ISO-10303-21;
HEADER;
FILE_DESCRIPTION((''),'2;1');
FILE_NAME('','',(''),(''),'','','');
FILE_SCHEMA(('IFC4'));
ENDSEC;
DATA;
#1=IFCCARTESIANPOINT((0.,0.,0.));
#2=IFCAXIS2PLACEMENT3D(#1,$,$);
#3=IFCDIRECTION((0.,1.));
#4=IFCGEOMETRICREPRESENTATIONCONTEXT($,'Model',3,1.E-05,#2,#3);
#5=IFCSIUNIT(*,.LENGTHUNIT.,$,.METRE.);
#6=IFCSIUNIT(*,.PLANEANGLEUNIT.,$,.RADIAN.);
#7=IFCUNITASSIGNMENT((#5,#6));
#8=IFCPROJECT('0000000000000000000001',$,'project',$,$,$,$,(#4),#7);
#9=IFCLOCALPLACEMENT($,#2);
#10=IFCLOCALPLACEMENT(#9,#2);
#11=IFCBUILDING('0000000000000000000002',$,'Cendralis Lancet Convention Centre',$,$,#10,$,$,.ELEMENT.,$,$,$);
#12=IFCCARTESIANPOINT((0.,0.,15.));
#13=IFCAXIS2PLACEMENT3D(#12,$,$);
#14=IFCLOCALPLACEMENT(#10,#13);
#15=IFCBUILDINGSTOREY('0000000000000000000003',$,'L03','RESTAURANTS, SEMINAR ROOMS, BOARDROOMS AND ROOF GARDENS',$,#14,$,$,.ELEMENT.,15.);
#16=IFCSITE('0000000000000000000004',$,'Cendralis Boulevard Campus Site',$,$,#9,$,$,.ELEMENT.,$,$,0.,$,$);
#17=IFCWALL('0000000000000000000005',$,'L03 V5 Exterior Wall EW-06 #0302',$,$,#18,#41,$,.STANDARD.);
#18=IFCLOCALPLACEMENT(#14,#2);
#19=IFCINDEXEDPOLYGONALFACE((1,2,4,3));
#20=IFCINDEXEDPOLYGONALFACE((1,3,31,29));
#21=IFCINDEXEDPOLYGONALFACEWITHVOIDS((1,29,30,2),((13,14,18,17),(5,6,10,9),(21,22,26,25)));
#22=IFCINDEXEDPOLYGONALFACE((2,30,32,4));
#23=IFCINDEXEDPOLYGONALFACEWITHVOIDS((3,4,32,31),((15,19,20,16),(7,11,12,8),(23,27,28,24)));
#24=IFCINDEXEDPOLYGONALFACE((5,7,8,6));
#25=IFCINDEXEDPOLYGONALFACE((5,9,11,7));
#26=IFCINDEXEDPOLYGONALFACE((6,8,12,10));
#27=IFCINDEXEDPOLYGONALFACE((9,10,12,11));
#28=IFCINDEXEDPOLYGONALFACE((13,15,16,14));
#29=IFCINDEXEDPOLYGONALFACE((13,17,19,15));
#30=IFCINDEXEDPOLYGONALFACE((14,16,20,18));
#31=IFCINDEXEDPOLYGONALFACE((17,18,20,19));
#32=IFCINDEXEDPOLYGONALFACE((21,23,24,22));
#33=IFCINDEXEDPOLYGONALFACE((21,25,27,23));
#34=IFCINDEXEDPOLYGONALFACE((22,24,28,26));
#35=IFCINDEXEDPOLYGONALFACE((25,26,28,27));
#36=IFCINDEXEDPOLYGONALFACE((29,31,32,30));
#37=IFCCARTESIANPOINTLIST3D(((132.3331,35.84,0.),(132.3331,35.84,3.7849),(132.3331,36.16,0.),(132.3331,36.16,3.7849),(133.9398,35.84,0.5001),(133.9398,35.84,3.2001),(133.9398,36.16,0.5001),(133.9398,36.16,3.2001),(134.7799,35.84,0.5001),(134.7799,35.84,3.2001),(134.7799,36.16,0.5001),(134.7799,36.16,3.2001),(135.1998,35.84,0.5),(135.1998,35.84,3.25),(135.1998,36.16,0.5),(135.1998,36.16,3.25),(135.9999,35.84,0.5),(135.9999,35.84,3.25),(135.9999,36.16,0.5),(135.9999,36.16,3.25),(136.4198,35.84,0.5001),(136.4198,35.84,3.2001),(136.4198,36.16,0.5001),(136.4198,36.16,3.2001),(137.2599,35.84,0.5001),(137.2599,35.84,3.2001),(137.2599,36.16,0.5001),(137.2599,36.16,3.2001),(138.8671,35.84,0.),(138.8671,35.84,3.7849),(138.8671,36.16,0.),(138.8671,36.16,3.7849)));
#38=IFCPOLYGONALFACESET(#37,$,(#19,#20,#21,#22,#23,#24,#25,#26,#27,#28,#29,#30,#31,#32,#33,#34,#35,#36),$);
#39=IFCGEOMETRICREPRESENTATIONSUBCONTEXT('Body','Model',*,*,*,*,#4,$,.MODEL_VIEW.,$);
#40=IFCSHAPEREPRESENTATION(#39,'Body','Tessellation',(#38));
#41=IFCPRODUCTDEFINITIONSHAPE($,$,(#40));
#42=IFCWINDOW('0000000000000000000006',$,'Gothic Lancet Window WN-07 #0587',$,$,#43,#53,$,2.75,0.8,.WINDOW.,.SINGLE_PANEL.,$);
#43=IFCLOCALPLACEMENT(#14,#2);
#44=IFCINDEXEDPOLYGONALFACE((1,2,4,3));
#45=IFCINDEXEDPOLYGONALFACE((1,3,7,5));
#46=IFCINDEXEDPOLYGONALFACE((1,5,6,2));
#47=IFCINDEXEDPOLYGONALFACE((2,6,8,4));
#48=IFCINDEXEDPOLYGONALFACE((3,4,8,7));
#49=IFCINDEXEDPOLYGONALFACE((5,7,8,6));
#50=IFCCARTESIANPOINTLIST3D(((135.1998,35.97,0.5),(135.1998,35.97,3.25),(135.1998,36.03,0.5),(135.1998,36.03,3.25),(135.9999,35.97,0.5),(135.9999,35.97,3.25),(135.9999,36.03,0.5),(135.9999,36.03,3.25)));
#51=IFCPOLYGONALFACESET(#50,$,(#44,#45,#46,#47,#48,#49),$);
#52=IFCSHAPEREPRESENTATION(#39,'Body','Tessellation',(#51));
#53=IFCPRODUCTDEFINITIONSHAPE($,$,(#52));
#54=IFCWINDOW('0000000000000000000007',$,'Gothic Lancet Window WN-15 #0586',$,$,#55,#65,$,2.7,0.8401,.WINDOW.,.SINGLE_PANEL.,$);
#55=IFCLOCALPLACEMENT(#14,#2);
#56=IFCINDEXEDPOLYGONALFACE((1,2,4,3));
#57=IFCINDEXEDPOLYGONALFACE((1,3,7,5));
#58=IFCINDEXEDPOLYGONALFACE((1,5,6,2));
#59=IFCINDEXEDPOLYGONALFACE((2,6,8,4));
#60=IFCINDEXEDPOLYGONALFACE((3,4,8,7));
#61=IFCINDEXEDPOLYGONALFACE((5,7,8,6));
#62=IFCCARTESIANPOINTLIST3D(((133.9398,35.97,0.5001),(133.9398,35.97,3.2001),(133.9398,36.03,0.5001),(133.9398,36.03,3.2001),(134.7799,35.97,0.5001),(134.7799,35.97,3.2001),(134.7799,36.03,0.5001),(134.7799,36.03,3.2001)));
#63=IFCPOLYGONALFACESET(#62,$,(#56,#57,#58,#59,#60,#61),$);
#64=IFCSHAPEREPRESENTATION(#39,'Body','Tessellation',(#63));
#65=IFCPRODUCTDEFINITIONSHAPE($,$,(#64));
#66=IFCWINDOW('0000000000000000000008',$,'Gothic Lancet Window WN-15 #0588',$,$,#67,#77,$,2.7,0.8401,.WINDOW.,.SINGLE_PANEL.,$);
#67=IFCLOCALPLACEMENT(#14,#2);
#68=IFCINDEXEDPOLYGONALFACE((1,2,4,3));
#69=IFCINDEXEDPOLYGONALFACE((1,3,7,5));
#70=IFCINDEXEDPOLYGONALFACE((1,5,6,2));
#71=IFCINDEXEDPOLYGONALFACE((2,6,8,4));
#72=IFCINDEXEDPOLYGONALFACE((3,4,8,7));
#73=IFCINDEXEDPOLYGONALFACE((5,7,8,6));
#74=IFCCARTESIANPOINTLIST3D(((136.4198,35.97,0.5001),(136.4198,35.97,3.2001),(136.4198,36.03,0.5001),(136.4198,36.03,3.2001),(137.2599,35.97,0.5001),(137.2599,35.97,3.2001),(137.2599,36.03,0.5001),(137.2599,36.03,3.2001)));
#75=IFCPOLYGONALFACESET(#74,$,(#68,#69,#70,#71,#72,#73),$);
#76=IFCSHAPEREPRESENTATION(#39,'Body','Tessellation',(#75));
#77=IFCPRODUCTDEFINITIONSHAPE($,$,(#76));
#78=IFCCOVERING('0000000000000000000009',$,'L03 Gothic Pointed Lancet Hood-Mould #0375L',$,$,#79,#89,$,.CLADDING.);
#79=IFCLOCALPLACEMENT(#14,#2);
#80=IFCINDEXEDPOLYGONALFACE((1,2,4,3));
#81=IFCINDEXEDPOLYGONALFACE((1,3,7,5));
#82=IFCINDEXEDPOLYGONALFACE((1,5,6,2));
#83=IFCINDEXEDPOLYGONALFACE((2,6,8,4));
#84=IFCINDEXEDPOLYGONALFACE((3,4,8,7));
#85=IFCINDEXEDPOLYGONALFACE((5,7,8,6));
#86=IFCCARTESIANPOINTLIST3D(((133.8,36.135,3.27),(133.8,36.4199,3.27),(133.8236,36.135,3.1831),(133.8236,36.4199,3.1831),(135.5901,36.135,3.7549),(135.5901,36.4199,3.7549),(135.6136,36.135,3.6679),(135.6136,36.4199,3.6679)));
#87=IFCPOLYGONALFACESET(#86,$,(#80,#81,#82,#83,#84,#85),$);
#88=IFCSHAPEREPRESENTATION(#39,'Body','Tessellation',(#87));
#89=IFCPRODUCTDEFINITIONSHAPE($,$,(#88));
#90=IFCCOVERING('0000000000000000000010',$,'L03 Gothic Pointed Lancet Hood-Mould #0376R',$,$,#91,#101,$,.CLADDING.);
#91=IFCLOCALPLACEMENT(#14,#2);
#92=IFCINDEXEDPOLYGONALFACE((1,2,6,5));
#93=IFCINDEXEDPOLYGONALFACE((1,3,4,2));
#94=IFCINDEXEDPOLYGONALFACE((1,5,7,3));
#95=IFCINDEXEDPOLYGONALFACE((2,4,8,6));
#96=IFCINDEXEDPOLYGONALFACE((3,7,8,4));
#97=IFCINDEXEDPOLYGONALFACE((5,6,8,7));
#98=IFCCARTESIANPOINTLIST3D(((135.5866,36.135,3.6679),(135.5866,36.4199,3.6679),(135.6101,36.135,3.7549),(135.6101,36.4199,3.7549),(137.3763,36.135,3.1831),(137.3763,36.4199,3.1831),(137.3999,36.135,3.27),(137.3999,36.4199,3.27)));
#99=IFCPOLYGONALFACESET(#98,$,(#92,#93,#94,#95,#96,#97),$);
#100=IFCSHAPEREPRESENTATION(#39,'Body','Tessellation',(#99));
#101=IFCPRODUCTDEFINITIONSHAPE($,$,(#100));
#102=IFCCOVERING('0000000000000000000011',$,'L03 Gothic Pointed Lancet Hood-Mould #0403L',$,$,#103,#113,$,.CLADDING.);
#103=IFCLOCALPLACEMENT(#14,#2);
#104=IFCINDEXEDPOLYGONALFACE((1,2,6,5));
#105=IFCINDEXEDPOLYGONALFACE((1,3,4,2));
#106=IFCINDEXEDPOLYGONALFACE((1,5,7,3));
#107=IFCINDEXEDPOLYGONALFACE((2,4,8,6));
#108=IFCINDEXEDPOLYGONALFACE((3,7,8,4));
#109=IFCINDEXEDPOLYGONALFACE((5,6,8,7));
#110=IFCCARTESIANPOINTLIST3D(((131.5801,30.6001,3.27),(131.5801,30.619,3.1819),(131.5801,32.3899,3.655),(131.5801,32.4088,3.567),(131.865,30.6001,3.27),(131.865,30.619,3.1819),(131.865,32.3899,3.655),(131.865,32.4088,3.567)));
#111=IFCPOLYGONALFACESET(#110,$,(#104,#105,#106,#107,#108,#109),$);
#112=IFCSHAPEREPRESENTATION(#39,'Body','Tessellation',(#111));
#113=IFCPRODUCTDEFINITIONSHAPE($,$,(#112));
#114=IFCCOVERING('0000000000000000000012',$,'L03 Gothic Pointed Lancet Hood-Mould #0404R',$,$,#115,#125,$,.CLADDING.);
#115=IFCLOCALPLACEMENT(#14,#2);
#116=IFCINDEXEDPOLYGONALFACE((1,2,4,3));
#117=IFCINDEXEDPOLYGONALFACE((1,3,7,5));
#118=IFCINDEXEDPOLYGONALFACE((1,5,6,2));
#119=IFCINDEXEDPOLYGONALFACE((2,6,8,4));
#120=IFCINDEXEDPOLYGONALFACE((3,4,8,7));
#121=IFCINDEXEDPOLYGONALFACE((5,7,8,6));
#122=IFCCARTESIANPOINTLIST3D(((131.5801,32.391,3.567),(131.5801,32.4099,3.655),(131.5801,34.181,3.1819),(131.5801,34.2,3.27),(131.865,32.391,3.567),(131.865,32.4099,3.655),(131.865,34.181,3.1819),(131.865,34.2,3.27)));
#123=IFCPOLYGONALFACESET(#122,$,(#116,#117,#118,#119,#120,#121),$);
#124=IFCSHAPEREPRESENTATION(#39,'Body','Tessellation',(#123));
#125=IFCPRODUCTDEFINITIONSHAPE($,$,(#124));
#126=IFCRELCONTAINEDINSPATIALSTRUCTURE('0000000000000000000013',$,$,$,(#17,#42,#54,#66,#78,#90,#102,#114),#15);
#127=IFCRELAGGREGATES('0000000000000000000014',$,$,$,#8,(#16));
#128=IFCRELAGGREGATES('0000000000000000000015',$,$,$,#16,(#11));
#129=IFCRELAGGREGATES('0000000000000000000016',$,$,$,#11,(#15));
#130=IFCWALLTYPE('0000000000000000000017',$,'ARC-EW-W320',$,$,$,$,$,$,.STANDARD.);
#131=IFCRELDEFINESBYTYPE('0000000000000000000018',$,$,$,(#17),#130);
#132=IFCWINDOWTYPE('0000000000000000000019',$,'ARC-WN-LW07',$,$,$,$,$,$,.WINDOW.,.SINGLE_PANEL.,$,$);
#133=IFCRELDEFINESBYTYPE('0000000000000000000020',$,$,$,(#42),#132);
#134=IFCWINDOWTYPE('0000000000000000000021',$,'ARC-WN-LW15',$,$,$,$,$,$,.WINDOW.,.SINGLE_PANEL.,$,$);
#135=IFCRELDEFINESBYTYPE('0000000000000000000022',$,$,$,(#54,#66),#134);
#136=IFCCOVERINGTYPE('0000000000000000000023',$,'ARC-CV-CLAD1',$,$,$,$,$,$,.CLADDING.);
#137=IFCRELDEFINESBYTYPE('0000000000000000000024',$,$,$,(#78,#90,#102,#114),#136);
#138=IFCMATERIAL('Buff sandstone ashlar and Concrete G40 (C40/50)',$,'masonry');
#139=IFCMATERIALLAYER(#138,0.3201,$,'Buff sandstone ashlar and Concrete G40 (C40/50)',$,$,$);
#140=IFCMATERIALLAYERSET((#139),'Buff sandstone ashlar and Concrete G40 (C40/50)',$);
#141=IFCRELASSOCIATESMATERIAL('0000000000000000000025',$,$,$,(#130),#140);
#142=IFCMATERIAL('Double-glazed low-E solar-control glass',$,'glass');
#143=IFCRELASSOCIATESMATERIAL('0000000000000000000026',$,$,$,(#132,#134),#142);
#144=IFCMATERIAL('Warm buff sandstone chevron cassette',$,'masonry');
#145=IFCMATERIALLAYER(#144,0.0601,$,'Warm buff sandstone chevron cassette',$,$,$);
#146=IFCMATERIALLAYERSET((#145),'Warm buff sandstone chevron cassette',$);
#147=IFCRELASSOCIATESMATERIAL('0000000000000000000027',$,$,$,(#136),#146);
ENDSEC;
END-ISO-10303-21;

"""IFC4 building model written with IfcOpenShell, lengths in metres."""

from ifc_helpers import new_model, si_unit, direction, frame, frame_2d, origin, place, context, subcontext, project, spatial, polyline, rectangle, outline, extrude, material, layer, layer_set, type_object, element, fill, save


model = new_model("IFC4")

# Units and contexts
model_context = context("Model", 3, precision=1e-05, world=origin(), true_north=direction((0.0, 1.0)))
body_context = subcontext(model_context, "Body", "Model", "MODEL_VIEW")
ifc_project = project(units=[si_unit("LENGTHUNIT", "METRE"), si_unit("PLANEANGLEUNIT", "RADIAN")], contexts=[model_context])

# Site, building, storey
site_placement = place(None, origin())
site = spatial("IfcSite", under=ifc_project, at=site_placement, Name="Cendralis Boulevard Campus Site", CompositionType="ELEMENT", RefElevation=0.0)
building_placement = place(site_placement, origin())
building = spatial("IfcBuilding", under=site, at=building_placement, Name="Cendralis Lancet Convention Centre", CompositionType="ELEMENT")
storey_placement = place(building_placement, frame((0.0, 0.0, 15.0)))
storey = spatial("IfcBuildingStorey", under=building, at=storey_placement, Name="L03", Description="RESTAURANTS, SEMINAR ROOMS, BOARDROOMS AND ROOF GARDENS", CompositionType="ELEMENT", Elevation=15.0)

# Wall, openings, windows
ifc_material_1 = material(Name="Buff sandstone ashlar and Concrete G40 (C40/50)", Category="masonry")
ifc_layer_1 = layer(ifc_material_1, 0.3201, Name="Buff sandstone ashlar and Concrete G40 (C40/50)")
ifc_layer_set_1 = layer_set([ifc_layer_1], Name="Buff sandstone ashlar and Concrete G40 (C40/50)")
wall_type = type_object("IfcWallType", Name="ARC-EW-W320", PredefinedType="STANDARD", material=ifc_layer_set_1)
wall_placement = place(storey_placement, frame((132.333, 36.0, 0.0), z_axis=(0.0, 0.0, 1.0), x_axis=(1.0, 0.0, 0.0)))
wall = element("IfcWall", 1, at=wall_placement, inside=storey, type_object=wall_type, Name="L03 V5 Exterior Wall EW-06 #0302", PredefinedType="STANDARD", context=body_context, shape_type="SweptSolid", body=[
    extrude(rectangle(XDim=6.5339, YDim=0.3201, at=frame_2d((3.2671, 0.0))), origin(), (0.0, 0.0, 1.0), 3.7849),
])
opening_1_placement = place(wall_placement, frame((1.6069, 0.0, 0.5)))
opening_1 = element("IfcOpeningElement", 2, at=opening_1_placement, cuts=wall, PredefinedType="OPENING", context=body_context, shape_type="SweptSolid", body=[
    extrude(rectangle(XDim=0.8401, YDim=2.7, at=frame_2d((0.4199, 1.3501))), frame((0.0, 0.1699, 0.0), z_axis=(0.0, -1.0, 0.0), x_axis=(1.0, 0.0, 0.0)), (0.0, 0.0, 1.0), 0.3401),
])
opening_2_placement = place(wall_placement, frame((2.8669, 0.0, 0.5)))
opening_2 = element("IfcOpeningElement", 3, at=opening_2_placement, cuts=wall, PredefinedType="OPENING", context=body_context, shape_type="SweptSolid", body=[
    extrude(rectangle(XDim=0.8, YDim=2.75, at=frame_2d((0.3999, 1.375))), frame((0.0, 0.1699, 0.0), z_axis=(0.0, -1.0, 0.0), x_axis=(1.0, 0.0, 0.0)), (0.0, 0.0, 1.0), 0.3401),
])
opening_3_placement = place(wall_placement, frame((4.0869, 0.0, 0.5)))
opening_3 = element("IfcOpeningElement", 4, at=opening_3_placement, cuts=wall, PredefinedType="OPENING", context=body_context, shape_type="SweptSolid", body=[
    extrude(rectangle(XDim=0.8401, YDim=2.7, at=frame_2d((0.4199, 1.3501))), frame((0.0, 0.1699, 0.0), z_axis=(0.0, -1.0, 0.0), x_axis=(1.0, 0.0, 0.0)), (0.0, 0.0, 1.0), 0.3401),
])
ifc_material_2 = material(Name="Double-glazed low-E solar-control glass", Category="glass")
window_type_1 = type_object("IfcWindowType", Name="ARC-WN-LW07", PartitioningType="SINGLE_PANEL", PredefinedType="WINDOW", material=ifc_material_2)
window_1_placement = place(opening_2_placement, origin())
window_1 = element("IfcWindow", 5, at=window_1_placement, inside=storey, type_object=window_type_1, Name="Gothic Lancet Window WN-07 #0587", OverallHeight=2.75, OverallWidth=0.8, PartitioningType="SINGLE_PANEL", PredefinedType="WINDOW", context=body_context, shape_type="SweptSolid", body=[
    extrude(rectangle(XDim=0.8, YDim=2.75, at=frame_2d((0.3999, 1.375))), frame((0.0, 0.03, 0.0), z_axis=(0.0, -1.0, 0.0), x_axis=(1.0, 0.0, 0.0)), (0.0, 0.0, 1.0), 0.0601),
])
fill(opening_2, window_1)
window_type_2 = type_object("IfcWindowType", Name="ARC-WN-LW15", PartitioningType="SINGLE_PANEL", PredefinedType="WINDOW", material=ifc_material_2)
window_2_placement = place(opening_1_placement, origin())
window_2 = element("IfcWindow", 6, at=window_2_placement, inside=storey, type_object=window_type_2, Name="Gothic Lancet Window WN-15 #0586", OverallHeight=2.7, OverallWidth=0.8401, PartitioningType="SINGLE_PANEL", PredefinedType="WINDOW", context=body_context, shape_type="SweptSolid", body=[
    extrude(rectangle(XDim=0.8401, YDim=2.7, at=frame_2d((0.4199, 1.3501))), frame((0.0, 0.03, 0.0), z_axis=(0.0, -1.0, 0.0), x_axis=(1.0, 0.0, 0.0)), (0.0, 0.0, 1.0), 0.0601),
])
fill(opening_1, window_2)
window_3_placement = place(opening_3_placement, origin())
window_3 = element("IfcWindow", 7, at=window_3_placement, inside=storey, type_object=window_type_2, Name="Gothic Lancet Window WN-15 #0588", OverallHeight=2.7, OverallWidth=0.8401, PartitioningType="SINGLE_PANEL", PredefinedType="WINDOW", context=body_context, shape_type="SweptSolid", body=[
    extrude(rectangle(XDim=0.8401, YDim=2.7, at=frame_2d((0.4199, 1.3501))), frame((0.0, 0.03, 0.0), z_axis=(0.0, -1.0, 0.0), x_axis=(1.0, 0.0, 0.0)), (0.0, 0.0, 1.0), 0.0601),
])
fill(opening_3, window_3)

# Coverings
ifc_material_3 = material(Name="Warm buff sandstone chevron cassette", Category="masonry")
ifc_layer_2 = layer(ifc_material_3, 0.0601, Name="Warm buff sandstone chevron cassette")
ifc_layer_set_2 = layer_set([ifc_layer_2], Name="Warm buff sandstone chevron cassette")
covering_type = type_object("IfcCoveringType", Name="ARC-CV-CLAD1", PredefinedType="CLADDING", material=ifc_layer_set_2)
covering_1_placement = place(storey_placement, frame((133.8, 36.4199, 3.27), z_axis=(-0.261446, 0.0, 0.965218), x_axis=(0.0, -1.0, 0.0)))
element("IfcCovering", 8, at=covering_1_placement, inside=storey, type_object=covering_type, Name="L03 Gothic Pointed Lancet Hood-Mould #0375L", PredefinedType="CLADDING", context=body_context, shape_type="SweptSolid", body=[
    extrude(outline(polyline([(0.0, 0.0), (0.2849, 0.0), (0.2849, 1.8545), (0.0, 1.8545), (0.0, 0.0)])), origin(), (0.0, 0.0, -1.0), 0.0901),
])
covering_2_placement = place(storey_placement, frame((135.6101, 36.4199, 3.7549), z_axis=(0.261479, 0.0, 0.965209), x_axis=(0.0, -1.0, 0.0)))
element("IfcCovering", 9, at=covering_2_placement, inside=storey, type_object=covering_type, Name="L03 Gothic Pointed Lancet Hood-Mould #0376R", PredefinedType="CLADDING", context=body_context, shape_type="SweptSolid", body=[
    extrude(outline(polyline([(0.0, 0.0), (0.2849, 0.0), (0.2849, 1.8543), (0.0, 1.8543), (0.0, 0.0)])), origin(), (0.0, 0.0, -1.0), 0.0901),
])
covering_3_placement = place(storey_placement, frame((131.5801, 30.6001, 3.27), z_axis=(0.0, -0.210303, 0.977636), x_axis=(1.0, 0.0, 0.0)))
element("IfcCovering", 10, at=covering_3_placement, inside=storey, type_object=covering_type, Name="L03 Gothic Pointed Lancet Hood-Mould #0403L", PredefinedType="CLADDING", context=body_context, shape_type="SweptSolid", body=[
    extrude(outline(polyline([(0.0, 0.0), (0.2849, 0.0), (0.2849, 1.8307), (0.0, 1.8307), (0.0, 0.0)])), origin(), (0.0, 0.0, -1.0), 0.0901),
])
covering_4_placement = place(storey_placement, frame((131.5801, 32.4099, 3.655), z_axis=(0.0, 0.210276, 0.977642), x_axis=(1.0, 0.0, 0.0)))
element("IfcCovering", 11, at=covering_4_placement, inside=storey, type_object=covering_type, Name="L03 Gothic Pointed Lancet Hood-Mould #0404R", PredefinedType="CLADDING", context=body_context, shape_type="SweptSolid", body=[
    extrude(outline(polyline([(0.0, 0.0), (0.2849, 0.0), (0.2849, 1.831), (0.0, 1.831), (0.0, 0.0)])), origin(), (0.0, 0.0, -1.0), 0.0901),
])

save(model, "model.ifc")
